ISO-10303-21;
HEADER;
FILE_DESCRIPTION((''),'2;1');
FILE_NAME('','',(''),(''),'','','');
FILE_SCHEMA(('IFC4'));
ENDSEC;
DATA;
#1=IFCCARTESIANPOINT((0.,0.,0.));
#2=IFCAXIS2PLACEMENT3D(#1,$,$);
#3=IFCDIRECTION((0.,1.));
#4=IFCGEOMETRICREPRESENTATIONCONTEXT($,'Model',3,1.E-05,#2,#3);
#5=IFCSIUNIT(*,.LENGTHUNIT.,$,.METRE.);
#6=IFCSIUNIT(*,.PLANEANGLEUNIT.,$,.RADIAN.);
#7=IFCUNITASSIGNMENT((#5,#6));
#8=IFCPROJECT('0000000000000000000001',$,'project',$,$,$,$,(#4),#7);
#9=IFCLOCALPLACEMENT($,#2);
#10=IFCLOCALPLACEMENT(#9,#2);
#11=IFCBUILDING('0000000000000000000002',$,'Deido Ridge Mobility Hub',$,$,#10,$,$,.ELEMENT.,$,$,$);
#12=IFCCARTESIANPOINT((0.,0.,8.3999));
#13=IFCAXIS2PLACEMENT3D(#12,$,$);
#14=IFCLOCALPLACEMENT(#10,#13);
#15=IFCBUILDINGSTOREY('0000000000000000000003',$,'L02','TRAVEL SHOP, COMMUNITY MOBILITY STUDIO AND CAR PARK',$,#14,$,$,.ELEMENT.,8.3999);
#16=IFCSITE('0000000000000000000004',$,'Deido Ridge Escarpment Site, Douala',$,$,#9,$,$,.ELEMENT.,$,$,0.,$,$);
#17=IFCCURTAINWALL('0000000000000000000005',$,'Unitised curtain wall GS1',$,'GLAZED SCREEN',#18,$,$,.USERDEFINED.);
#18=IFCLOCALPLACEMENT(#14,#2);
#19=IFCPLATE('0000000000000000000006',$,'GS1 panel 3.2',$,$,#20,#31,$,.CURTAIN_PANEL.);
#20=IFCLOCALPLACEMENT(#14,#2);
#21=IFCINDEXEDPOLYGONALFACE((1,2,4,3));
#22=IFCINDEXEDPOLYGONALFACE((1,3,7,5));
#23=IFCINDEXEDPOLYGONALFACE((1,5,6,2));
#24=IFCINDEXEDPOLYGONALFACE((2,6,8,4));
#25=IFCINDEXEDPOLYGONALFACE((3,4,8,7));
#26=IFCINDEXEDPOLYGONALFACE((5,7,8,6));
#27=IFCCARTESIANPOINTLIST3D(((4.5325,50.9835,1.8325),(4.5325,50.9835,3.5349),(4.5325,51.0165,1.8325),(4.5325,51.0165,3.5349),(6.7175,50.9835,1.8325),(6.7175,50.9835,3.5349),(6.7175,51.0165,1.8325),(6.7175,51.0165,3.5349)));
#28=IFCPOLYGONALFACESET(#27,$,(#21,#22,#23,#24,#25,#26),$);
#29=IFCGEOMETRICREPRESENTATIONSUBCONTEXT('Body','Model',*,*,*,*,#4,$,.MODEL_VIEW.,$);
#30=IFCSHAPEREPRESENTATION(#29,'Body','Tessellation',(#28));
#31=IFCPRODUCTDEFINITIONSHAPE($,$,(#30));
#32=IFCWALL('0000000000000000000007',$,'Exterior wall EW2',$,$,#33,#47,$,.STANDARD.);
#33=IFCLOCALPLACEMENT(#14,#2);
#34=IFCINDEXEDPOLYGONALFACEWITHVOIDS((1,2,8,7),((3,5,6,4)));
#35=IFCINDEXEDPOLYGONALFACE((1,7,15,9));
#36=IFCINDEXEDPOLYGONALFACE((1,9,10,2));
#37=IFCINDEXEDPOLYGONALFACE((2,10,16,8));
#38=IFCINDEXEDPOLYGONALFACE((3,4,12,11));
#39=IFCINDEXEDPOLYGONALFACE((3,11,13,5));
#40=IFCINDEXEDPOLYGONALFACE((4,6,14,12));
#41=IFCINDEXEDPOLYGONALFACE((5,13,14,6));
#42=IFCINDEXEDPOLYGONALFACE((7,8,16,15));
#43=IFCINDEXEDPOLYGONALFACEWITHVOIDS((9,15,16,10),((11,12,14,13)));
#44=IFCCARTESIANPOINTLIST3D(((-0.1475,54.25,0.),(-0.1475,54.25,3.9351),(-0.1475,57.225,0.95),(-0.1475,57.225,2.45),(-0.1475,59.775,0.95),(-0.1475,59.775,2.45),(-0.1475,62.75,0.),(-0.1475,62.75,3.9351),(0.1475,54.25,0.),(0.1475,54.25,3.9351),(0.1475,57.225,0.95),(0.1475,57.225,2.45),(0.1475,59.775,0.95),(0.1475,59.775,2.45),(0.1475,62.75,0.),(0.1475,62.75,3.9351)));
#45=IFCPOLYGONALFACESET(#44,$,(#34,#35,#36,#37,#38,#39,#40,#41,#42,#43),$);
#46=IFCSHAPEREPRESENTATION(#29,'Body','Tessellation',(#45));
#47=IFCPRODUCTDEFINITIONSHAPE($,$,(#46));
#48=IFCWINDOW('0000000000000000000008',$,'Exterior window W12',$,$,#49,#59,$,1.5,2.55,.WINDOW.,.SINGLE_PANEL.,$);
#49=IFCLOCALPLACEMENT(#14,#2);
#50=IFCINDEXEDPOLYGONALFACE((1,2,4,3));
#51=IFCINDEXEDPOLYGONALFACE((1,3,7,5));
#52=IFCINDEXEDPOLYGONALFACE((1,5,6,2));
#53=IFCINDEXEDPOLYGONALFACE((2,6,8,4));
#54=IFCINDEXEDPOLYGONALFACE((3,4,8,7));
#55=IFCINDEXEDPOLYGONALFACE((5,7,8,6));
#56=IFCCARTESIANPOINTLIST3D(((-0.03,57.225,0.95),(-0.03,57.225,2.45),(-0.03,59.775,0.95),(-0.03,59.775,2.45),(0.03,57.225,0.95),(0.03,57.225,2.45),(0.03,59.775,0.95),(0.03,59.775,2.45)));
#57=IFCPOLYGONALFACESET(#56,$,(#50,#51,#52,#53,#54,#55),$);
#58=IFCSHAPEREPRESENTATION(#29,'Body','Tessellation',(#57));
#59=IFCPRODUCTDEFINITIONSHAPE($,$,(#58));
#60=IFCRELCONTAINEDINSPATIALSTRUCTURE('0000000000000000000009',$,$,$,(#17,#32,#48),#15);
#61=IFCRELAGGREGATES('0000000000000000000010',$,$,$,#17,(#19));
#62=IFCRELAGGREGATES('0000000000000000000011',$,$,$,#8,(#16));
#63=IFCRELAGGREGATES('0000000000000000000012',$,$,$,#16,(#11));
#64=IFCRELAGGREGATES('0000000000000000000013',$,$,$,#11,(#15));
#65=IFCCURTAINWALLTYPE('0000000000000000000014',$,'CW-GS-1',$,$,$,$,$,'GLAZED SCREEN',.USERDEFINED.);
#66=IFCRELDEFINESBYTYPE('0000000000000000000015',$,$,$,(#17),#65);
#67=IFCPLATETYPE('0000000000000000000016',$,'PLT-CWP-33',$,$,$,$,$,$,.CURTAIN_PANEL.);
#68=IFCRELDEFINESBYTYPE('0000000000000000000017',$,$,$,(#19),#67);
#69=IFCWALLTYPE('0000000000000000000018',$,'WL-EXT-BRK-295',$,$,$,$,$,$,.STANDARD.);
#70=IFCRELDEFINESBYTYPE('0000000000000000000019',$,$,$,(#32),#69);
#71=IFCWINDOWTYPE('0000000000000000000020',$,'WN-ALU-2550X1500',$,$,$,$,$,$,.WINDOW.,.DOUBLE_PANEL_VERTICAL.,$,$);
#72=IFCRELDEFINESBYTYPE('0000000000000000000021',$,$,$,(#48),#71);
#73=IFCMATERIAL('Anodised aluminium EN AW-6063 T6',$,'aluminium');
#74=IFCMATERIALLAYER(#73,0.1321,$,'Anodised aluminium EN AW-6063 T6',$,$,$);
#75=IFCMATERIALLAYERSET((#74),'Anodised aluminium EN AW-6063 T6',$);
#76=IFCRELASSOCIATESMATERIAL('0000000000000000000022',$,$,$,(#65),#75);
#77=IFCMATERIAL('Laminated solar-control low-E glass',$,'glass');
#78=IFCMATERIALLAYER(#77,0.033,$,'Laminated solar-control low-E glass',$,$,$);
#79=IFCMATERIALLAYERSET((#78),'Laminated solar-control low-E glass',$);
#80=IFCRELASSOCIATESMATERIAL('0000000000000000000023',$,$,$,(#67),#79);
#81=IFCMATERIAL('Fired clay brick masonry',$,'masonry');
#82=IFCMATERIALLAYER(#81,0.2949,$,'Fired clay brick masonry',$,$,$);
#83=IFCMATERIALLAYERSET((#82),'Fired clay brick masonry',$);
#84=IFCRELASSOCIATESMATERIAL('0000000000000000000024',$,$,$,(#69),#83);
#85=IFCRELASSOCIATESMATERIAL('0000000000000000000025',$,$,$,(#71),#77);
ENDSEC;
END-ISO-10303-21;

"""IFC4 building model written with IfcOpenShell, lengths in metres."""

from ifc_helpers import new_model, si_unit, direction, frame, frame_2d, origin, origin_2d, place, context, subcontext, project, spatial, rectangle, extrude, material, layer, layer_set, type_object, element, fill, aggregate, save


model = new_model("IFC4")

# Units and contexts
model_context = context("Model", 3, precision=1e-05, world=origin(), true_north=direction((0.0, 1.0)))
body_context = subcontext(model_context, "Body", "Model", "MODEL_VIEW")
ifc_project = project(units=[si_unit("LENGTHUNIT", "METRE"), si_unit("PLANEANGLEUNIT", "RADIAN")], contexts=[model_context])

# Site, building, storey
site_placement = place(None, origin())
site = spatial("IfcSite", under=ifc_project, at=site_placement, Name="Deido Ridge Escarpment Site, Douala", CompositionType="ELEMENT", RefElevation=0.0)
building_placement = place(site_placement, origin())
building = spatial("IfcBuilding", under=site, at=building_placement, Name="Deido Ridge Mobility Hub", CompositionType="ELEMENT")
storey_placement = place(building_placement, frame((0.0, 0.0, 8.3999)))
storey = spatial("IfcBuildingStorey", under=building, at=storey_placement, Name="L02", Description="TRAVEL SHOP, COMMUNITY MOBILITY STUDIO AND CAR PARK", CompositionType="ELEMENT", Elevation=8.3999)

# Curtain wall
ifc_material_1 = material(Name="Anodised aluminium EN AW-6063 T6", Category="aluminium")
ifc_layer_1 = layer(ifc_material_1, 0.1321, Name="Anodised aluminium EN AW-6063 T6")
ifc_layer_set_1 = layer_set([ifc_layer_1], Name="Anodised aluminium EN AW-6063 T6")
curtain_wall_type_1 = type_object("IfcCurtainWallType", Name="CW-GS-1", ElementType="GLAZED SCREEN", PredefinedType="USERDEFINED", material=ifc_layer_set_1)
curtain_wall_1_placement = place(storey_placement, origin())
curtain_wall_1 = element("IfcCurtainWall", 1, at=curtain_wall_1_placement, inside=storey, type_object=curtain_wall_type_1, Name="Unitised curtain wall GS1", ObjectType="GLAZED SCREEN", PredefinedType="USERDEFINED")

# Plate
ifc_material_2 = material(Name="Laminated solar-control low-E glass", Category="glass")
ifc_layer_2 = layer(ifc_material_2, 0.033, Name="Laminated solar-control low-E glass")
ifc_layer_set_2 = layer_set([ifc_layer_2], Name="Laminated solar-control low-E glass")
plate_type_1 = type_object("IfcPlateType", Name="PLT-CWP-33", PredefinedType="CURTAIN_PANEL", material=ifc_layer_set_2)
plate_1_placement = place(storey_placement, frame((5.625, 51.0, 1.8325), z_axis=(0.0, 0.0, 1.0), x_axis=(1.0, 0.0, 0.0)))
plate_1 = element("IfcPlate", 2, at=plate_1_placement, type_object=plate_type_1, Name="GS1 panel 3.2", PredefinedType="CURTAIN_PANEL", context=body_context, shape_type="SweptSolid", body=[
    extrude(rectangle(XDim=2.1851, YDim=0.033, at=origin_2d()), origin(), (0.0, 0.0, 1.0), 1.7024),
])
aggregate(curtain_wall_1, [plate_1])

# Wall, opening, window
ifc_material_3 = material(Name="Fired clay brick masonry", Category="masonry")
ifc_layer_3 = layer(ifc_material_3, 0.2949, Name="Fired clay brick masonry")
ifc_layer_set_3 = layer_set([ifc_layer_3], Name="Fired clay brick masonry")
wall_type = type_object("IfcWallType", Name="WL-EXT-BRK-295", PredefinedType="STANDARD", material=ifc_layer_set_3)
wall_placement = place(storey_placement, frame((0.0, 54.25, 0.0), z_axis=(0.0, 0.0, 1.0), x_axis=(0.0, 1.0, 0.0)))
wall = element("IfcWall", 3, at=wall_placement, inside=storey, type_object=wall_type, Name="Exterior wall EW2", PredefinedType="STANDARD", context=body_context, shape_type="SweptSolid", body=[
    extrude(rectangle(XDim=8.5, YDim=0.2949, at=frame_2d((4.25, 0.0))), origin(), (0.0, 0.0, 1.0), 3.9351),
])
opening_placement = place(wall_placement, frame((2.9751, 0.0, 0.95)))
opening = element("IfcOpeningElement", 4, at=opening_placement, cuts=wall, PredefinedType="OPENING", context=body_context, shape_type="SweptSolid", body=[
    extrude(rectangle(XDim=2.55, YDim=1.5, at=frame_2d((1.2749, 0.75))), frame((0.0, 0.1575, 0.0), z_axis=(0.0, -1.0, 0.0), x_axis=(1.0, 0.0, 0.0)), (0.0, 0.0, 1.0), 0.3149),
])
window_type = type_object("IfcWindowType", Name="WN-ALU-2550X1500", PartitioningType="DOUBLE_PANEL_VERTICAL", PredefinedType="WINDOW", material=ifc_material_2)
window_placement = place(opening_placement, origin())
window = element("IfcWindow", 5, at=window_placement, inside=storey, type_object=window_type, Name="Exterior window W12", OverallHeight=1.5, OverallWidth=2.55, PartitioningType="SINGLE_PANEL", PredefinedType="WINDOW", context=body_context, shape_type="SweptSolid", body=[
    extrude(rectangle(XDim=2.55, YDim=1.5, at=frame_2d((1.2749, 0.75))), frame((0.0, 0.03, 0.0), z_axis=(0.0, -1.0, 0.0), x_axis=(1.0, 0.0, 0.0)), (0.0, 0.0, 1.0), 0.0601),
])
fill(opening, window)

save(model, "model.ifc")
